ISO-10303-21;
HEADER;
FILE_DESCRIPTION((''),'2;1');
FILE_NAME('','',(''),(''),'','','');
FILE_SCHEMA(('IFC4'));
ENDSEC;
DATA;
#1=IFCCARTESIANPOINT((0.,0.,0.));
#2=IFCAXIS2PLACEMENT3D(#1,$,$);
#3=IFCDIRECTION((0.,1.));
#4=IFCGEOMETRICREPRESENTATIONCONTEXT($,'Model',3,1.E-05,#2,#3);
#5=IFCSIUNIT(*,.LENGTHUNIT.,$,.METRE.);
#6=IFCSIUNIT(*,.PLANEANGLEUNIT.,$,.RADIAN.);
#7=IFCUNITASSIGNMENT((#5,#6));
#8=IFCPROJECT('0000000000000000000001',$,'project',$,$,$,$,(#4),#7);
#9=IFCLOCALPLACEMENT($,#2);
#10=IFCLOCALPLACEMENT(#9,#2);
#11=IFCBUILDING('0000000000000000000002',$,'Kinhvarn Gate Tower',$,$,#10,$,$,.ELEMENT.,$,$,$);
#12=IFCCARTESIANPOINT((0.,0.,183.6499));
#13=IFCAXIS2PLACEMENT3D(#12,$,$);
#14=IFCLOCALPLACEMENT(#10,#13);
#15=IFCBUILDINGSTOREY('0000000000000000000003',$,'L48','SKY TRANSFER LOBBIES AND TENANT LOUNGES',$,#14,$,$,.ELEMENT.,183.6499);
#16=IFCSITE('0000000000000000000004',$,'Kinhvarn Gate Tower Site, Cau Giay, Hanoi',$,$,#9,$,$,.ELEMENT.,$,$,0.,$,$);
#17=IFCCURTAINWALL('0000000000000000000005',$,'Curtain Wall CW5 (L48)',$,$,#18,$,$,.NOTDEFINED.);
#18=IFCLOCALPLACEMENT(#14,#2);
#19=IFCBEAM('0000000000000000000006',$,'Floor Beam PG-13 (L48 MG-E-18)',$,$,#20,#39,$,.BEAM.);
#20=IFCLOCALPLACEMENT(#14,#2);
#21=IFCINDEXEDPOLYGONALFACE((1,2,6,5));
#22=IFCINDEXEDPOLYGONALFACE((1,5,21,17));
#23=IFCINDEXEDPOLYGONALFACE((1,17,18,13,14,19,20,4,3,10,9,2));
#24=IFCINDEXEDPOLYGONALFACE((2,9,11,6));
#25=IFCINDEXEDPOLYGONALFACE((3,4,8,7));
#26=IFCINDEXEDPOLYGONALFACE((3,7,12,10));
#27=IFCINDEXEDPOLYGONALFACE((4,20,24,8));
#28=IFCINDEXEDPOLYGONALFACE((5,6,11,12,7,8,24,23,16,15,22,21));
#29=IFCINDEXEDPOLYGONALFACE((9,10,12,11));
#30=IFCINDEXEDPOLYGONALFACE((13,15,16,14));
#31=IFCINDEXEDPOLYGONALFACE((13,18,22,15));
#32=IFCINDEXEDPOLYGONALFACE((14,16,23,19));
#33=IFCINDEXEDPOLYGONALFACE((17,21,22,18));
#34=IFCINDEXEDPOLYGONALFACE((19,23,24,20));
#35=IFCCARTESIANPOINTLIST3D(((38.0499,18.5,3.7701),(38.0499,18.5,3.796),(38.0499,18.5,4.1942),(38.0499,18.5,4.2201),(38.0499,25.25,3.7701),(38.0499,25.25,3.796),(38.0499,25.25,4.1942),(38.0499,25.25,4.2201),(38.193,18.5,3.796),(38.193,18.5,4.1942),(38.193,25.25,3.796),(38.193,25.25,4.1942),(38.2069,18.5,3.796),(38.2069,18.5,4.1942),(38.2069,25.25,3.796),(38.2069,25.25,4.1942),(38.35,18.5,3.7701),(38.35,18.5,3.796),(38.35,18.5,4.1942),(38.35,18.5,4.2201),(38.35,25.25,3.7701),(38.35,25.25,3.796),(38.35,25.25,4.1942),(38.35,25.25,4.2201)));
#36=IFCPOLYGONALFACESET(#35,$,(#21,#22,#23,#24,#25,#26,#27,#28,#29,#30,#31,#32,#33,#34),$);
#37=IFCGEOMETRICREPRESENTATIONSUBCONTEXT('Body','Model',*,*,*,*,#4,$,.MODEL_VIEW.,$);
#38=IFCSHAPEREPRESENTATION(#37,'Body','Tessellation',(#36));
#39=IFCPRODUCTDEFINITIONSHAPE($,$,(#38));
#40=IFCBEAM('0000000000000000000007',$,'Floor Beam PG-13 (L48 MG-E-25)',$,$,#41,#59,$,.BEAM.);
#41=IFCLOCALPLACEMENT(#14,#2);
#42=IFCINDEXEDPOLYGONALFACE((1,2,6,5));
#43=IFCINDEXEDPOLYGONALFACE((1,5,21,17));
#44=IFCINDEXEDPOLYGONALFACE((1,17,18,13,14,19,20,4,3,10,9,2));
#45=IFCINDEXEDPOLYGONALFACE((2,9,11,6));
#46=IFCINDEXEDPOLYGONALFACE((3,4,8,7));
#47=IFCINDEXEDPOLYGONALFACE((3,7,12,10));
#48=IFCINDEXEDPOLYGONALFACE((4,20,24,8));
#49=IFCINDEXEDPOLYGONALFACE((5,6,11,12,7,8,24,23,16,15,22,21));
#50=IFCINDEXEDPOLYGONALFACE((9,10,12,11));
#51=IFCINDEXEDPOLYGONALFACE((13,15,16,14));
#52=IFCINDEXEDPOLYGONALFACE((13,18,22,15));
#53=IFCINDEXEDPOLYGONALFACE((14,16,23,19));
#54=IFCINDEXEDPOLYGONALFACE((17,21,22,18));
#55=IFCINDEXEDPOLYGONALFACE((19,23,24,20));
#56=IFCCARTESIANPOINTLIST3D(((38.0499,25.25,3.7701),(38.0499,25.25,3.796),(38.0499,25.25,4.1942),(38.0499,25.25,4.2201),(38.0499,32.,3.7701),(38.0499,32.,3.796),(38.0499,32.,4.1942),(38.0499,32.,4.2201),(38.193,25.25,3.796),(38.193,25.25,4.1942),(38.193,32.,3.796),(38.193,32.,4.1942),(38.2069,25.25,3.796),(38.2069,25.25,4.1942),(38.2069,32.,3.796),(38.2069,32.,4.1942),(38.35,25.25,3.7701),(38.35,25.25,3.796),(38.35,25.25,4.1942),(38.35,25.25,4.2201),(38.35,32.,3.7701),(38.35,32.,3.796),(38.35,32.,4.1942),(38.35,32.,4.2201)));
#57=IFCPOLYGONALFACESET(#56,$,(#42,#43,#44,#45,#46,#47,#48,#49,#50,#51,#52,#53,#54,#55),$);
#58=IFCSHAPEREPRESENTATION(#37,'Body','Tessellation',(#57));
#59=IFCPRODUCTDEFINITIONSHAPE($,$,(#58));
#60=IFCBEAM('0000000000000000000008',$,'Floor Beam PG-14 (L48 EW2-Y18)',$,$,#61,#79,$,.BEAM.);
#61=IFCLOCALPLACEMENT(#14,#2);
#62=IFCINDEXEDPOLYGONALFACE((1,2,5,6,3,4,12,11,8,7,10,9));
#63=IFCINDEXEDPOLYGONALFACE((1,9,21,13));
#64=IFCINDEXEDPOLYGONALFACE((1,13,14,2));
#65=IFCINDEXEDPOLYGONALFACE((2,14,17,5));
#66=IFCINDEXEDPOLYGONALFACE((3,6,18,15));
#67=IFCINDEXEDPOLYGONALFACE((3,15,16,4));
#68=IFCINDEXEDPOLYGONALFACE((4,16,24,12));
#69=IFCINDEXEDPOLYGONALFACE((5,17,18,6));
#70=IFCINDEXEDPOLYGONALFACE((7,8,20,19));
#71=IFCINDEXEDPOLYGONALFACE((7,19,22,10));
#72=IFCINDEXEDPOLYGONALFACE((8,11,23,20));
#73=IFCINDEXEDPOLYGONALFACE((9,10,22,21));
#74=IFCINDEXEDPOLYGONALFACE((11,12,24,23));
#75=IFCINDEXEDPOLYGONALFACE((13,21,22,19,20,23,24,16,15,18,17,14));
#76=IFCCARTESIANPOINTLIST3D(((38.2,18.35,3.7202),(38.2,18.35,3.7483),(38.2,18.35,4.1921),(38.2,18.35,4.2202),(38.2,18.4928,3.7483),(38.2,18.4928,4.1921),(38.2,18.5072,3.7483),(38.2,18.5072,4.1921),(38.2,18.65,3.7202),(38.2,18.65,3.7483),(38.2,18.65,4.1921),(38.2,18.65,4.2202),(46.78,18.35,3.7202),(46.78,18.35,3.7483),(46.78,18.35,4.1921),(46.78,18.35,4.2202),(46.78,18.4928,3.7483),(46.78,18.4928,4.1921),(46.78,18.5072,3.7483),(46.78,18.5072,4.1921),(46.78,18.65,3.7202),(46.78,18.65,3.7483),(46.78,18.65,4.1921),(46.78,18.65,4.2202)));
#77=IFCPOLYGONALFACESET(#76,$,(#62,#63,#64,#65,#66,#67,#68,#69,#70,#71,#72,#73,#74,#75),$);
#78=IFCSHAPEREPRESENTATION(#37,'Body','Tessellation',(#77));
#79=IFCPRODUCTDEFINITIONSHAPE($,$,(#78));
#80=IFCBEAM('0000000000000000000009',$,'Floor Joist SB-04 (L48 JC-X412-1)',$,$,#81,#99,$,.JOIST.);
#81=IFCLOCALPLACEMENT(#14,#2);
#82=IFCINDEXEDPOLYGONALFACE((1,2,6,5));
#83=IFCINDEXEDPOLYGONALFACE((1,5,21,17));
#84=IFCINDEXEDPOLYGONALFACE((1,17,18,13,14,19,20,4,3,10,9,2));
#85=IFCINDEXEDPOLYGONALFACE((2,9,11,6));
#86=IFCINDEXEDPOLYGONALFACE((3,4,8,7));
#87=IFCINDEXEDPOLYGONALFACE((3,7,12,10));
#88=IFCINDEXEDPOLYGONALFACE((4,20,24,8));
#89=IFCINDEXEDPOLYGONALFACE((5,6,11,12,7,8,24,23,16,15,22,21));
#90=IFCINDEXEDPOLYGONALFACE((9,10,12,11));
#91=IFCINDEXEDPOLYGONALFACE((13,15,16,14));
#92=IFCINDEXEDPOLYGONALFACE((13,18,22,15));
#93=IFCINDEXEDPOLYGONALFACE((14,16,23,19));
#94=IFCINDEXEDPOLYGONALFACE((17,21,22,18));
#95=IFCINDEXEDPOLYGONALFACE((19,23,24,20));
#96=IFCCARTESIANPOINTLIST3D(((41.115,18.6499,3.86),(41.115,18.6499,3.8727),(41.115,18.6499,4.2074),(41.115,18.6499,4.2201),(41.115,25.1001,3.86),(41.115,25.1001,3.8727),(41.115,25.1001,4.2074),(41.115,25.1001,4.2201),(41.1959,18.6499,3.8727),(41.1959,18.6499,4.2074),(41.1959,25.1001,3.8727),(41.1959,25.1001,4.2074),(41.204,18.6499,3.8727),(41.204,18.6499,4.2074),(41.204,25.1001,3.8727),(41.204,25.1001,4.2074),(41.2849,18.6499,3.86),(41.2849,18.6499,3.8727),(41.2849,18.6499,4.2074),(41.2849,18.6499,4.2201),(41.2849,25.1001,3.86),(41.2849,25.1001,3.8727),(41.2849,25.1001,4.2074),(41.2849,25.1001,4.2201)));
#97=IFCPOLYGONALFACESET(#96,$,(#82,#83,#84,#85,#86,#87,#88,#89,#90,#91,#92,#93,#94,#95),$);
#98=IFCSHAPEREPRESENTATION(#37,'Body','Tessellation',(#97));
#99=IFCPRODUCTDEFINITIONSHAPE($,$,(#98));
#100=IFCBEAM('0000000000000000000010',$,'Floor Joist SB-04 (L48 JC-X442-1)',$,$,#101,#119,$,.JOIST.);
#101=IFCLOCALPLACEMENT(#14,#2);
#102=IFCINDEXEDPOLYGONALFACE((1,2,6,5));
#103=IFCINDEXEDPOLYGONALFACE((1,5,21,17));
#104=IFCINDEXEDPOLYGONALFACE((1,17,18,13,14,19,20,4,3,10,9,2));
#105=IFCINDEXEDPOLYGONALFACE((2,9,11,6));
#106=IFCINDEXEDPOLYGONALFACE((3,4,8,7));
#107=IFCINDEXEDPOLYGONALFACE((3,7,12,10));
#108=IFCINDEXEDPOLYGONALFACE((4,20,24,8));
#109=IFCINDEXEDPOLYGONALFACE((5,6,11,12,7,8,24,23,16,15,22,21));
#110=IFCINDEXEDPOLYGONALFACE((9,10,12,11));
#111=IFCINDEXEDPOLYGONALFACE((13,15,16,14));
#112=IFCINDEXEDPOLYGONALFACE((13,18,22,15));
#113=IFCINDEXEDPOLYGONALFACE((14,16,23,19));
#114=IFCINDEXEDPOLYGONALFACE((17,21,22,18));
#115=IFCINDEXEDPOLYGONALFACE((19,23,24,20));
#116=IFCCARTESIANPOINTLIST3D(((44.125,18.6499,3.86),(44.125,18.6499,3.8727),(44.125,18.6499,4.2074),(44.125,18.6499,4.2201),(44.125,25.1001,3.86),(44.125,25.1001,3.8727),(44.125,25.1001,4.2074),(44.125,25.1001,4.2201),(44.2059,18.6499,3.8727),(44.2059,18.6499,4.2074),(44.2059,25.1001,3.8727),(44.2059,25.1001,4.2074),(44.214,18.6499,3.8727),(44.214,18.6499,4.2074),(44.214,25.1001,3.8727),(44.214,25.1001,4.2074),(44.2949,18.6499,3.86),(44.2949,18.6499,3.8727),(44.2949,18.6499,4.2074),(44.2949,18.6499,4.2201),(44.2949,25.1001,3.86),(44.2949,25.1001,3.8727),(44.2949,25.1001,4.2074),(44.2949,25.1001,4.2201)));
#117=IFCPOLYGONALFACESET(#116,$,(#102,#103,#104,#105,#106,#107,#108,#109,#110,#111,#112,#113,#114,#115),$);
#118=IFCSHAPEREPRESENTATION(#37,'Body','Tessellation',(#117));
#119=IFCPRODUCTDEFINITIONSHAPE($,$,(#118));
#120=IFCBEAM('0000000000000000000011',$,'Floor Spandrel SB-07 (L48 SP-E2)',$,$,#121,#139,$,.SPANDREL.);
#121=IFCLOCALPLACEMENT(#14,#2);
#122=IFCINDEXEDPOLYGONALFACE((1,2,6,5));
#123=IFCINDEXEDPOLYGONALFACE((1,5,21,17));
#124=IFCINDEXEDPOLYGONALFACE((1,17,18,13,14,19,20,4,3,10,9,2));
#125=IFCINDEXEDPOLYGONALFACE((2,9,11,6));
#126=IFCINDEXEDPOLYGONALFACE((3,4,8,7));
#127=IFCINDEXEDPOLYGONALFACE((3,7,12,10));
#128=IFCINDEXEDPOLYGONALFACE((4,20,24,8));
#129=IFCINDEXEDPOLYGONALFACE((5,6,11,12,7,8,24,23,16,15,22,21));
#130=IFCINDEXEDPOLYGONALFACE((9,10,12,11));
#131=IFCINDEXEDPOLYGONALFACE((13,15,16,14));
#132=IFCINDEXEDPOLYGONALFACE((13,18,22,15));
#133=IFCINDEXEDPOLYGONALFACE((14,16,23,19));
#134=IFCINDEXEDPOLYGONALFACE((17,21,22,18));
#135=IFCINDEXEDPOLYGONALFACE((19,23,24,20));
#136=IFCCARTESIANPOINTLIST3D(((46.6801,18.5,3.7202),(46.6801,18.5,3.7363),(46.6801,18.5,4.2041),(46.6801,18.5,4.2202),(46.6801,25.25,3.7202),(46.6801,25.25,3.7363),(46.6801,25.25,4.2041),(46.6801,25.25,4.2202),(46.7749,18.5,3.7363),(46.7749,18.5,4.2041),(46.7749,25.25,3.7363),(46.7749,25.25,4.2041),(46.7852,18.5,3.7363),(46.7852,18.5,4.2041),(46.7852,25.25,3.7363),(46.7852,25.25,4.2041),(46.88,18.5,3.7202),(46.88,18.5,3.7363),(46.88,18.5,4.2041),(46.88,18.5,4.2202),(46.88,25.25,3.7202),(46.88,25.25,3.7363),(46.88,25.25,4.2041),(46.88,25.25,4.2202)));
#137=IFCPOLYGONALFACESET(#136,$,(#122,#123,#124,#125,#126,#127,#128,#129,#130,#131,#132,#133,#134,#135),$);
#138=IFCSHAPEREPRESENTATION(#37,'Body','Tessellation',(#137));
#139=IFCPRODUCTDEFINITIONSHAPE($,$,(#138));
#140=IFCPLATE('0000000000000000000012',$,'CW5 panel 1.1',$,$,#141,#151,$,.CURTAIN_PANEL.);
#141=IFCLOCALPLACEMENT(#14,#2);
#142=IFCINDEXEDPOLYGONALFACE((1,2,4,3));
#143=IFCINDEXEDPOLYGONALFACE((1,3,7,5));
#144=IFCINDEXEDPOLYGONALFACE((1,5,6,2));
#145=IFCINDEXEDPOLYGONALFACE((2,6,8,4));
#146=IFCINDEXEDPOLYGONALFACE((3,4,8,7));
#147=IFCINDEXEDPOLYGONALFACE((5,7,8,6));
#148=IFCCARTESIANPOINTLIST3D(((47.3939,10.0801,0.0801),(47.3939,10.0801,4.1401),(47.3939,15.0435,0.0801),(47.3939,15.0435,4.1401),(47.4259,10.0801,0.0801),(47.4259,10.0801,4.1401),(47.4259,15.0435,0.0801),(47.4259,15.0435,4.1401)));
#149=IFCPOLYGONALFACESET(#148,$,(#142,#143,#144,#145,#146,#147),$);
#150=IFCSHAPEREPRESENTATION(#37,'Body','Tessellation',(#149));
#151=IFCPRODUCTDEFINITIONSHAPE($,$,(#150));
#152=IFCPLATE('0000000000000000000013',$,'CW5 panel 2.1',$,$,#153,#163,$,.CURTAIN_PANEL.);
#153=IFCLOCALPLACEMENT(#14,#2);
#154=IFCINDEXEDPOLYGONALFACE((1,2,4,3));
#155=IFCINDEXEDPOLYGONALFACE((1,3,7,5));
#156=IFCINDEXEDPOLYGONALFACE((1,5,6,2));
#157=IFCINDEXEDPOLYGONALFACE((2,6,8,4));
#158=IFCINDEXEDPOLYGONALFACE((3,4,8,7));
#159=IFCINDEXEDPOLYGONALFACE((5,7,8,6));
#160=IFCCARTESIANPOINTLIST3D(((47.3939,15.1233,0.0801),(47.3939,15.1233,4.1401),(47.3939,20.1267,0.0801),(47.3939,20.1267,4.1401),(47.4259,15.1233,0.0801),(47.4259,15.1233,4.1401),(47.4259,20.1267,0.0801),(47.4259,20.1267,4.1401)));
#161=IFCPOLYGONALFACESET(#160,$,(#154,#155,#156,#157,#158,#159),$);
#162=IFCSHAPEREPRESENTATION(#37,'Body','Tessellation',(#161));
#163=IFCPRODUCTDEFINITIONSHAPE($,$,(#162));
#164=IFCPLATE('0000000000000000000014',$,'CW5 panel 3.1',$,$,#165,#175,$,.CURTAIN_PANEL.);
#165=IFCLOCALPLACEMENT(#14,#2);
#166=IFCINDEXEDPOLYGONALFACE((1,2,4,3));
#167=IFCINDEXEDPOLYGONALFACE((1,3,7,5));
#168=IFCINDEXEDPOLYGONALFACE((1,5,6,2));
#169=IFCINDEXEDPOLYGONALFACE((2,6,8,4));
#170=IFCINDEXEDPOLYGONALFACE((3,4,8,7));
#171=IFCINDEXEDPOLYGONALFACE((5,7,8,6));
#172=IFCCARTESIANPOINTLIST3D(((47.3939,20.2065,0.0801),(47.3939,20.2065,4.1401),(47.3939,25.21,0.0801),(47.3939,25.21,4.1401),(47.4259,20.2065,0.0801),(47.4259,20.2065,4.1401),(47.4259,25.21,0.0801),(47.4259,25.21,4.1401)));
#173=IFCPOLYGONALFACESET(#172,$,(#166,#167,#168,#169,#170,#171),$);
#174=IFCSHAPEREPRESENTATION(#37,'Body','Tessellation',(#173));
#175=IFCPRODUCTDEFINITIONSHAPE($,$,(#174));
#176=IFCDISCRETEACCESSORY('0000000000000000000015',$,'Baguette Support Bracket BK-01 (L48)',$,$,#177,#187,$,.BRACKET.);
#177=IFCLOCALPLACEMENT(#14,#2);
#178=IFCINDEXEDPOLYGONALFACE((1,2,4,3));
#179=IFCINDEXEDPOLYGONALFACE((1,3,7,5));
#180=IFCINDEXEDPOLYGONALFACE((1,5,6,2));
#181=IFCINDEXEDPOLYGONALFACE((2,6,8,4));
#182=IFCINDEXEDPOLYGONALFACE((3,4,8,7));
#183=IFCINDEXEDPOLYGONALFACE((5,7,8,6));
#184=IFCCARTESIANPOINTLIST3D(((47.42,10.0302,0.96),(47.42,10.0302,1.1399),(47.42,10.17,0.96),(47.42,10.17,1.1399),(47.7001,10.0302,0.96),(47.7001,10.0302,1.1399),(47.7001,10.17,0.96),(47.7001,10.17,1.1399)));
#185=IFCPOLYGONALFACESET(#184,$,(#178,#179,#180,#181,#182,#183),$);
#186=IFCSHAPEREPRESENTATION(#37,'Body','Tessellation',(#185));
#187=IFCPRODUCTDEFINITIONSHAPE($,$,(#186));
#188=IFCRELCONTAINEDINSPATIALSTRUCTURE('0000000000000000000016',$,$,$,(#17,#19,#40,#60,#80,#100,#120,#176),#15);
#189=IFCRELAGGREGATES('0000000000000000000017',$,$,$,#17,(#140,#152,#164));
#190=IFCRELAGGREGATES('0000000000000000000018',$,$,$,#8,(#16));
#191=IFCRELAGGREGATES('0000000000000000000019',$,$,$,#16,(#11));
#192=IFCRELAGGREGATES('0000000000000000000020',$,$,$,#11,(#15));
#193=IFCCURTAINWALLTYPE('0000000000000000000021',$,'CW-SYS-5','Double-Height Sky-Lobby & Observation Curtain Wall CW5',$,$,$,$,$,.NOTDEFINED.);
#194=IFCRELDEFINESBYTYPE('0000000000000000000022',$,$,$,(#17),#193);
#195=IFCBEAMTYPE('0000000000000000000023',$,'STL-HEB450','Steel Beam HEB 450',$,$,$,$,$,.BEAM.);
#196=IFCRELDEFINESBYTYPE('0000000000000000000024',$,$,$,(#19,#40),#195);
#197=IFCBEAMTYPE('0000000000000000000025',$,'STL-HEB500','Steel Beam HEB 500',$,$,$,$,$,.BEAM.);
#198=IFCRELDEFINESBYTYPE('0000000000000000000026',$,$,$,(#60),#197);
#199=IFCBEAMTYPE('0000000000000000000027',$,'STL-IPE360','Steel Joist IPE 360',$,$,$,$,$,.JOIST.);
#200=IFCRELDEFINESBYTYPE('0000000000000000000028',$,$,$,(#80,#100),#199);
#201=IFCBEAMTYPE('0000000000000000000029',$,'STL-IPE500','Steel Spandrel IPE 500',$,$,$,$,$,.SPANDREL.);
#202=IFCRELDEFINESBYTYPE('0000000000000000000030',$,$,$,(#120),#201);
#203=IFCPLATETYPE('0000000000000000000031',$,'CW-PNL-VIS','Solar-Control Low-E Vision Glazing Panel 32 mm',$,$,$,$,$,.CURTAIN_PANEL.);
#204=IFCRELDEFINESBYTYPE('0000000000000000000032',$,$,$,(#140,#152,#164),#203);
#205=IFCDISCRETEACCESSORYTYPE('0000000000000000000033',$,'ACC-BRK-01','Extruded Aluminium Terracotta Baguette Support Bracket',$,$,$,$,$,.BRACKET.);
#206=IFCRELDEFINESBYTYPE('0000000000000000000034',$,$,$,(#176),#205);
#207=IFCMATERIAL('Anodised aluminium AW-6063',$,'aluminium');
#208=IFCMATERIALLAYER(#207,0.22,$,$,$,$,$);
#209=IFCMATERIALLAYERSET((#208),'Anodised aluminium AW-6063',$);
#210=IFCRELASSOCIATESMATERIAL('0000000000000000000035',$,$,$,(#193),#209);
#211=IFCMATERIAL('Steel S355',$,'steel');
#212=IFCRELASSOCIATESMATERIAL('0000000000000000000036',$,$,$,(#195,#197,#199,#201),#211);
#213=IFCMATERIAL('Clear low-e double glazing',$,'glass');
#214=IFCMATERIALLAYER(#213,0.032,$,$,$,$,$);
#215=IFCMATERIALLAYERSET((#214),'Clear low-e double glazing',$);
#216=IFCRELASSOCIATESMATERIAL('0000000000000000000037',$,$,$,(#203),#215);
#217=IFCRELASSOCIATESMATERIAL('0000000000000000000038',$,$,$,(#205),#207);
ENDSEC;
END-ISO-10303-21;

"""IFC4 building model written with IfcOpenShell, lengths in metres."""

from ifc_helpers import new_model, si_unit, direction, frame, origin, origin_2d, place, context, subcontext, project, spatial, rectangle, i_section, extrude, material, layer, layer_set, material_profile, profile_set, type_object, element, aggregate, save


model = new_model("IFC4")

# Units and contexts
model_context = context("Model", 3, precision=1e-05, world=origin(), true_north=direction((0.0, 1.0)))
body_context = subcontext(model_context, "Body", "Model", "MODEL_VIEW")
ifc_project = project(units=[si_unit("LENGTHUNIT", "METRE"), si_unit("PLANEANGLEUNIT", "RADIAN")], contexts=[model_context])

# Site, building, storey
site_placement = place(None, origin())
site = spatial("IfcSite", under=ifc_project, at=site_placement, Name="Kinhvarn Gate Tower Site, Cau Giay, Hanoi", CompositionType="ELEMENT", RefElevation=0.0)
building_placement = place(site_placement, origin())
building = spatial("IfcBuilding", under=site, at=building_placement, Name="Kinhvarn Gate Tower", CompositionType="ELEMENT")
storey_placement = place(building_placement, frame((0.0, 0.0, 183.6499)))
storey = spatial("IfcBuildingStorey", under=building, at=storey_placement, Name="L48", Description="SKY TRANSFER LOBBIES AND TENANT LOUNGES", CompositionType="ELEMENT", Elevation=183.6499)

# Shared definitions
ifc_material_1 = material(Name="Anodised aluminium AW-6063", Category="aluminium")

# Curtain wall
ifc_layer_1 = layer(ifc_material_1, 0.22)
ifc_layer_set_1 = layer_set([ifc_layer_1], Name="Anodised aluminium AW-6063")
curtain_wall_type_1 = type_object("IfcCurtainWallType", Name="CW-SYS-5", Description="Double-Height Sky-Lobby & Observation Curtain Wall CW5", PredefinedType="NOTDEFINED", material=ifc_layer_set_1)
curtain_wall_1_placement = place(storey_placement, origin())
curtain_wall_1 = element("IfcCurtainWall", 1, at=curtain_wall_1_placement, inside=storey, type_object=curtain_wall_type_1, Name="Curtain Wall CW5 (L48)", PredefinedType="NOTDEFINED")

# Beams
ifc_material_2 = material(Name="Steel S355", Category="steel")
ifc_material_profile_1 = material_profile(ifc_material_2, i_section(OverallWidth=0.3, OverallDepth=0.45, WebThickness=0.0139, FlangeThickness=0.0259, at=origin_2d()), Name="HEB 450")
ifc_profile_set_1 = profile_set([ifc_material_profile_1], Name="Steel S355")
beam_type_1 = type_object("IfcBeamType", Name="STL-HEB450", Description="Steel Beam HEB 450", PredefinedType="BEAM", material=ifc_profile_set_1)
for number, where, z_axis, x_axis, name in (
    (2, (38.2, 18.5, 3.9951), (0.0, 1.0, 0.0), (-1.0, 0.0, 0.0), "Floor Beam PG-13 (L48 MG-E-18)"),
    (3, (38.2, 25.25, 3.9951), (0.0, 1.0, 0.0), (-1.0, 0.0, 0.0), "Floor Beam PG-13 (L48 MG-E-25)"),
):
    element("IfcBeam", number, at=place(storey_placement, frame(where, z_axis=z_axis, x_axis=x_axis)), inside=storey, type_object=beam_type_1, Name=name, PredefinedType="BEAM", context=body_context, shape_type="SweptSolid", body=[
        extrude(i_section(OverallWidth=0.3, OverallDepth=0.45, WebThickness=0.0139, FlangeThickness=0.0259, at=origin_2d()), origin(), (0.0, 0.0, 1.0), 6.75),
    ])
ifc_material_profile_2 = material_profile(ifc_material_2, i_section(OverallWidth=0.3, OverallDepth=0.5, WebThickness=0.0144, FlangeThickness=0.0281, at=origin_2d()), Name="HEB 500")
ifc_profile_set_2 = profile_set([ifc_material_profile_2], Name="Steel S355")
beam_type_2 = type_object("IfcBeamType", Name="STL-HEB500", Description="Steel Beam HEB 500", PredefinedType="BEAM", material=ifc_profile_set_2)
beam_1_placement = place(storey_placement, frame((38.2, 18.5, 3.9702), z_axis=(1.0, 0.0, 0.0), x_axis=(0.0, 1.0, 0.0)))
element("IfcBeam", 4, at=beam_1_placement, inside=storey, type_object=beam_type_2, Name="Floor Beam PG-14 (L48 EW2-Y18)", PredefinedType="BEAM", context=body_context, shape_type="SweptSolid", body=[
    extrude(i_section(OverallWidth=0.3, OverallDepth=0.5, WebThickness=0.0144, FlangeThickness=0.0281, at=origin_2d()), origin(), (0.0, 0.0, 1.0), 8.5801),
])
ifc_material_profile_3 = material_profile(ifc_material_2, i_section(OverallWidth=0.1699, OverallDepth=0.3601, WebThickness=0.0081, FlangeThickness=0.0127, at=origin_2d()), Name="IPE 360")
ifc_profile_set_3 = profile_set([ifc_material_profile_3], Name="Steel S355")
beam_type_3 = type_object("IfcBeamType", Name="STL-IPE360", Description="Steel Joist IPE 360", PredefinedType="JOIST", material=ifc_profile_set_3)
for number, where, z_axis, x_axis, name in (
    (5, (41.2, 18.6499, 4.04), (0.0, 1.0, 0.0), (-1.0, 0.0, 0.0), "Floor Joist SB-04 (L48 JC-X412-1)"),
    (6, (44.21, 18.6499, 4.04), (0.0, 1.0, 0.0), (-1.0, 0.0, 0.0), "Floor Joist SB-04 (L48 JC-X442-1)"),
):
    element("IfcBeam", number, at=place(storey_placement, frame(where, z_axis=z_axis, x_axis=x_axis)), inside=storey, type_object=beam_type_3, Name=name, PredefinedType="JOIST", context=body_context, shape_type="SweptSolid", body=[
        extrude(i_section(OverallWidth=0.1699, OverallDepth=0.3601, WebThickness=0.0081, FlangeThickness=0.0127, at=origin_2d()), origin(), (0.0, 0.0, 1.0), 6.4502),
    ])
ifc_material_profile_4 = material_profile(ifc_material_2, i_section(OverallWidth=0.2, OverallDepth=0.5, WebThickness=0.0103, FlangeThickness=0.0161, at=origin_2d()), Name="IPE 500")
ifc_profile_set_4 = profile_set([ifc_material_profile_4], Name="Steel S355")
beam_type_4 = type_object("IfcBeamType", Name="STL-IPE500", Description="Steel Spandrel IPE 500", PredefinedType="SPANDREL", material=ifc_profile_set_4)
beam_2_placement = place(storey_placement, frame((46.78, 18.5, 3.9702), z_axis=(0.0, 1.0, 0.0), x_axis=(-1.0, 0.0, 0.0)))
element("IfcBeam", 7, at=beam_2_placement, inside=storey, type_object=beam_type_4, Name="Floor Spandrel SB-07 (L48 SP-E2)", PredefinedType="SPANDREL", context=body_context, shape_type="SweptSolid", body=[
    extrude(i_section(OverallWidth=0.2, OverallDepth=0.5, WebThickness=0.0103, FlangeThickness=0.0161, at=origin_2d()), origin(), (0.0, 0.0, 1.0), 6.75),
])

# Plates
ifc_material_3 = material(Name="Clear low-e double glazing", Category="glass")
ifc_layer_2 = layer(ifc_material_3, 0.032)
ifc_layer_set_2 = layer_set([ifc_layer_2], Name="Clear low-e double glazing")
plate_type = type_object("IfcPlateType", Name="CW-PNL-VIS", Description="Solar-Control Low-E Vision Glazing Panel 32 mm", PredefinedType="CURTAIN_PANEL", material=ifc_layer_set_2)
plate_1_placement = place(storey_placement, frame((47.4099, 12.5618, 0.0801), z_axis=(0.0, 0.0, 1.0), x_axis=(0.0, 1.0, 0.0)))
plate_1 = element("IfcPlate", 8, at=plate_1_placement, type_object=plate_type, Name="CW5 panel 1.1", PredefinedType="CURTAIN_PANEL", context=body_context, shape_type="SweptSolid", body=[
    extrude(rectangle(XDim=4.9634, YDim=0.032, at=origin_2d()), origin(), (0.0, 0.0, 1.0), 4.0601),
])
plate_2_placement = place(storey_placement, frame((47.4099, 17.625, 0.0801), z_axis=(0.0, 0.0, 1.0), x_axis=(0.0, 1.0, 0.0)))
plate_2 = element("IfcPlate", 9, at=plate_2_placement, type_object=plate_type, Name="CW5 panel 2.1", PredefinedType="CURTAIN_PANEL", context=body_context, shape_type="SweptSolid", body=[
    extrude(rectangle(XDim=5.0034, YDim=0.032, at=origin_2d()), origin(), (0.0, 0.0, 1.0), 4.0601),
])
plate_3_placement = place(storey_placement, frame((47.4099, 22.7083, 0.0801), z_axis=(0.0, 0.0, 1.0), x_axis=(0.0, 1.0, 0.0)))
plate_3 = element("IfcPlate", 10, at=plate_3_placement, type_object=plate_type, Name="CW5 panel 3.1", PredefinedType="CURTAIN_PANEL", context=body_context, shape_type="SweptSolid", body=[
    extrude(rectangle(XDim=5.0034, YDim=0.032, at=origin_2d()), origin(), (0.0, 0.0, 1.0), 4.0601),
])
aggregate(curtain_wall_1, [plate_1, plate_2, plate_3])

# Discrete accessory
discrete_accessory_type = type_object("IfcDiscreteAccessoryType", Name="ACC-BRK-01", Description="Extruded Aluminium Terracotta Baguette Support Bracket", PredefinedType="BRACKET", material=ifc_material_1)
for number, where, z_axis, x_axis, name in (
    (11, (47.5601, 10.1001, 0.96), (0.0, 0.0, 1.0), (0.0, 1.0, 0.0), "Baguette Support Bracket BK-01 (L48)"),
):
    element("IfcDiscreteAccessory", number, at=place(storey_placement, frame(where, z_axis=z_axis, x_axis=x_axis)), inside=storey, type_object=discrete_accessory_type, Name=name, PredefinedType="BRACKET", context=body_context, shape_type="SweptSolid", body=[
        extrude(rectangle(XDim=0.1399, YDim=0.28, at=origin_2d()), origin(), (0.0, 0.0, 1.0), 0.1799),
    ])

save(model, "model.ifc")
